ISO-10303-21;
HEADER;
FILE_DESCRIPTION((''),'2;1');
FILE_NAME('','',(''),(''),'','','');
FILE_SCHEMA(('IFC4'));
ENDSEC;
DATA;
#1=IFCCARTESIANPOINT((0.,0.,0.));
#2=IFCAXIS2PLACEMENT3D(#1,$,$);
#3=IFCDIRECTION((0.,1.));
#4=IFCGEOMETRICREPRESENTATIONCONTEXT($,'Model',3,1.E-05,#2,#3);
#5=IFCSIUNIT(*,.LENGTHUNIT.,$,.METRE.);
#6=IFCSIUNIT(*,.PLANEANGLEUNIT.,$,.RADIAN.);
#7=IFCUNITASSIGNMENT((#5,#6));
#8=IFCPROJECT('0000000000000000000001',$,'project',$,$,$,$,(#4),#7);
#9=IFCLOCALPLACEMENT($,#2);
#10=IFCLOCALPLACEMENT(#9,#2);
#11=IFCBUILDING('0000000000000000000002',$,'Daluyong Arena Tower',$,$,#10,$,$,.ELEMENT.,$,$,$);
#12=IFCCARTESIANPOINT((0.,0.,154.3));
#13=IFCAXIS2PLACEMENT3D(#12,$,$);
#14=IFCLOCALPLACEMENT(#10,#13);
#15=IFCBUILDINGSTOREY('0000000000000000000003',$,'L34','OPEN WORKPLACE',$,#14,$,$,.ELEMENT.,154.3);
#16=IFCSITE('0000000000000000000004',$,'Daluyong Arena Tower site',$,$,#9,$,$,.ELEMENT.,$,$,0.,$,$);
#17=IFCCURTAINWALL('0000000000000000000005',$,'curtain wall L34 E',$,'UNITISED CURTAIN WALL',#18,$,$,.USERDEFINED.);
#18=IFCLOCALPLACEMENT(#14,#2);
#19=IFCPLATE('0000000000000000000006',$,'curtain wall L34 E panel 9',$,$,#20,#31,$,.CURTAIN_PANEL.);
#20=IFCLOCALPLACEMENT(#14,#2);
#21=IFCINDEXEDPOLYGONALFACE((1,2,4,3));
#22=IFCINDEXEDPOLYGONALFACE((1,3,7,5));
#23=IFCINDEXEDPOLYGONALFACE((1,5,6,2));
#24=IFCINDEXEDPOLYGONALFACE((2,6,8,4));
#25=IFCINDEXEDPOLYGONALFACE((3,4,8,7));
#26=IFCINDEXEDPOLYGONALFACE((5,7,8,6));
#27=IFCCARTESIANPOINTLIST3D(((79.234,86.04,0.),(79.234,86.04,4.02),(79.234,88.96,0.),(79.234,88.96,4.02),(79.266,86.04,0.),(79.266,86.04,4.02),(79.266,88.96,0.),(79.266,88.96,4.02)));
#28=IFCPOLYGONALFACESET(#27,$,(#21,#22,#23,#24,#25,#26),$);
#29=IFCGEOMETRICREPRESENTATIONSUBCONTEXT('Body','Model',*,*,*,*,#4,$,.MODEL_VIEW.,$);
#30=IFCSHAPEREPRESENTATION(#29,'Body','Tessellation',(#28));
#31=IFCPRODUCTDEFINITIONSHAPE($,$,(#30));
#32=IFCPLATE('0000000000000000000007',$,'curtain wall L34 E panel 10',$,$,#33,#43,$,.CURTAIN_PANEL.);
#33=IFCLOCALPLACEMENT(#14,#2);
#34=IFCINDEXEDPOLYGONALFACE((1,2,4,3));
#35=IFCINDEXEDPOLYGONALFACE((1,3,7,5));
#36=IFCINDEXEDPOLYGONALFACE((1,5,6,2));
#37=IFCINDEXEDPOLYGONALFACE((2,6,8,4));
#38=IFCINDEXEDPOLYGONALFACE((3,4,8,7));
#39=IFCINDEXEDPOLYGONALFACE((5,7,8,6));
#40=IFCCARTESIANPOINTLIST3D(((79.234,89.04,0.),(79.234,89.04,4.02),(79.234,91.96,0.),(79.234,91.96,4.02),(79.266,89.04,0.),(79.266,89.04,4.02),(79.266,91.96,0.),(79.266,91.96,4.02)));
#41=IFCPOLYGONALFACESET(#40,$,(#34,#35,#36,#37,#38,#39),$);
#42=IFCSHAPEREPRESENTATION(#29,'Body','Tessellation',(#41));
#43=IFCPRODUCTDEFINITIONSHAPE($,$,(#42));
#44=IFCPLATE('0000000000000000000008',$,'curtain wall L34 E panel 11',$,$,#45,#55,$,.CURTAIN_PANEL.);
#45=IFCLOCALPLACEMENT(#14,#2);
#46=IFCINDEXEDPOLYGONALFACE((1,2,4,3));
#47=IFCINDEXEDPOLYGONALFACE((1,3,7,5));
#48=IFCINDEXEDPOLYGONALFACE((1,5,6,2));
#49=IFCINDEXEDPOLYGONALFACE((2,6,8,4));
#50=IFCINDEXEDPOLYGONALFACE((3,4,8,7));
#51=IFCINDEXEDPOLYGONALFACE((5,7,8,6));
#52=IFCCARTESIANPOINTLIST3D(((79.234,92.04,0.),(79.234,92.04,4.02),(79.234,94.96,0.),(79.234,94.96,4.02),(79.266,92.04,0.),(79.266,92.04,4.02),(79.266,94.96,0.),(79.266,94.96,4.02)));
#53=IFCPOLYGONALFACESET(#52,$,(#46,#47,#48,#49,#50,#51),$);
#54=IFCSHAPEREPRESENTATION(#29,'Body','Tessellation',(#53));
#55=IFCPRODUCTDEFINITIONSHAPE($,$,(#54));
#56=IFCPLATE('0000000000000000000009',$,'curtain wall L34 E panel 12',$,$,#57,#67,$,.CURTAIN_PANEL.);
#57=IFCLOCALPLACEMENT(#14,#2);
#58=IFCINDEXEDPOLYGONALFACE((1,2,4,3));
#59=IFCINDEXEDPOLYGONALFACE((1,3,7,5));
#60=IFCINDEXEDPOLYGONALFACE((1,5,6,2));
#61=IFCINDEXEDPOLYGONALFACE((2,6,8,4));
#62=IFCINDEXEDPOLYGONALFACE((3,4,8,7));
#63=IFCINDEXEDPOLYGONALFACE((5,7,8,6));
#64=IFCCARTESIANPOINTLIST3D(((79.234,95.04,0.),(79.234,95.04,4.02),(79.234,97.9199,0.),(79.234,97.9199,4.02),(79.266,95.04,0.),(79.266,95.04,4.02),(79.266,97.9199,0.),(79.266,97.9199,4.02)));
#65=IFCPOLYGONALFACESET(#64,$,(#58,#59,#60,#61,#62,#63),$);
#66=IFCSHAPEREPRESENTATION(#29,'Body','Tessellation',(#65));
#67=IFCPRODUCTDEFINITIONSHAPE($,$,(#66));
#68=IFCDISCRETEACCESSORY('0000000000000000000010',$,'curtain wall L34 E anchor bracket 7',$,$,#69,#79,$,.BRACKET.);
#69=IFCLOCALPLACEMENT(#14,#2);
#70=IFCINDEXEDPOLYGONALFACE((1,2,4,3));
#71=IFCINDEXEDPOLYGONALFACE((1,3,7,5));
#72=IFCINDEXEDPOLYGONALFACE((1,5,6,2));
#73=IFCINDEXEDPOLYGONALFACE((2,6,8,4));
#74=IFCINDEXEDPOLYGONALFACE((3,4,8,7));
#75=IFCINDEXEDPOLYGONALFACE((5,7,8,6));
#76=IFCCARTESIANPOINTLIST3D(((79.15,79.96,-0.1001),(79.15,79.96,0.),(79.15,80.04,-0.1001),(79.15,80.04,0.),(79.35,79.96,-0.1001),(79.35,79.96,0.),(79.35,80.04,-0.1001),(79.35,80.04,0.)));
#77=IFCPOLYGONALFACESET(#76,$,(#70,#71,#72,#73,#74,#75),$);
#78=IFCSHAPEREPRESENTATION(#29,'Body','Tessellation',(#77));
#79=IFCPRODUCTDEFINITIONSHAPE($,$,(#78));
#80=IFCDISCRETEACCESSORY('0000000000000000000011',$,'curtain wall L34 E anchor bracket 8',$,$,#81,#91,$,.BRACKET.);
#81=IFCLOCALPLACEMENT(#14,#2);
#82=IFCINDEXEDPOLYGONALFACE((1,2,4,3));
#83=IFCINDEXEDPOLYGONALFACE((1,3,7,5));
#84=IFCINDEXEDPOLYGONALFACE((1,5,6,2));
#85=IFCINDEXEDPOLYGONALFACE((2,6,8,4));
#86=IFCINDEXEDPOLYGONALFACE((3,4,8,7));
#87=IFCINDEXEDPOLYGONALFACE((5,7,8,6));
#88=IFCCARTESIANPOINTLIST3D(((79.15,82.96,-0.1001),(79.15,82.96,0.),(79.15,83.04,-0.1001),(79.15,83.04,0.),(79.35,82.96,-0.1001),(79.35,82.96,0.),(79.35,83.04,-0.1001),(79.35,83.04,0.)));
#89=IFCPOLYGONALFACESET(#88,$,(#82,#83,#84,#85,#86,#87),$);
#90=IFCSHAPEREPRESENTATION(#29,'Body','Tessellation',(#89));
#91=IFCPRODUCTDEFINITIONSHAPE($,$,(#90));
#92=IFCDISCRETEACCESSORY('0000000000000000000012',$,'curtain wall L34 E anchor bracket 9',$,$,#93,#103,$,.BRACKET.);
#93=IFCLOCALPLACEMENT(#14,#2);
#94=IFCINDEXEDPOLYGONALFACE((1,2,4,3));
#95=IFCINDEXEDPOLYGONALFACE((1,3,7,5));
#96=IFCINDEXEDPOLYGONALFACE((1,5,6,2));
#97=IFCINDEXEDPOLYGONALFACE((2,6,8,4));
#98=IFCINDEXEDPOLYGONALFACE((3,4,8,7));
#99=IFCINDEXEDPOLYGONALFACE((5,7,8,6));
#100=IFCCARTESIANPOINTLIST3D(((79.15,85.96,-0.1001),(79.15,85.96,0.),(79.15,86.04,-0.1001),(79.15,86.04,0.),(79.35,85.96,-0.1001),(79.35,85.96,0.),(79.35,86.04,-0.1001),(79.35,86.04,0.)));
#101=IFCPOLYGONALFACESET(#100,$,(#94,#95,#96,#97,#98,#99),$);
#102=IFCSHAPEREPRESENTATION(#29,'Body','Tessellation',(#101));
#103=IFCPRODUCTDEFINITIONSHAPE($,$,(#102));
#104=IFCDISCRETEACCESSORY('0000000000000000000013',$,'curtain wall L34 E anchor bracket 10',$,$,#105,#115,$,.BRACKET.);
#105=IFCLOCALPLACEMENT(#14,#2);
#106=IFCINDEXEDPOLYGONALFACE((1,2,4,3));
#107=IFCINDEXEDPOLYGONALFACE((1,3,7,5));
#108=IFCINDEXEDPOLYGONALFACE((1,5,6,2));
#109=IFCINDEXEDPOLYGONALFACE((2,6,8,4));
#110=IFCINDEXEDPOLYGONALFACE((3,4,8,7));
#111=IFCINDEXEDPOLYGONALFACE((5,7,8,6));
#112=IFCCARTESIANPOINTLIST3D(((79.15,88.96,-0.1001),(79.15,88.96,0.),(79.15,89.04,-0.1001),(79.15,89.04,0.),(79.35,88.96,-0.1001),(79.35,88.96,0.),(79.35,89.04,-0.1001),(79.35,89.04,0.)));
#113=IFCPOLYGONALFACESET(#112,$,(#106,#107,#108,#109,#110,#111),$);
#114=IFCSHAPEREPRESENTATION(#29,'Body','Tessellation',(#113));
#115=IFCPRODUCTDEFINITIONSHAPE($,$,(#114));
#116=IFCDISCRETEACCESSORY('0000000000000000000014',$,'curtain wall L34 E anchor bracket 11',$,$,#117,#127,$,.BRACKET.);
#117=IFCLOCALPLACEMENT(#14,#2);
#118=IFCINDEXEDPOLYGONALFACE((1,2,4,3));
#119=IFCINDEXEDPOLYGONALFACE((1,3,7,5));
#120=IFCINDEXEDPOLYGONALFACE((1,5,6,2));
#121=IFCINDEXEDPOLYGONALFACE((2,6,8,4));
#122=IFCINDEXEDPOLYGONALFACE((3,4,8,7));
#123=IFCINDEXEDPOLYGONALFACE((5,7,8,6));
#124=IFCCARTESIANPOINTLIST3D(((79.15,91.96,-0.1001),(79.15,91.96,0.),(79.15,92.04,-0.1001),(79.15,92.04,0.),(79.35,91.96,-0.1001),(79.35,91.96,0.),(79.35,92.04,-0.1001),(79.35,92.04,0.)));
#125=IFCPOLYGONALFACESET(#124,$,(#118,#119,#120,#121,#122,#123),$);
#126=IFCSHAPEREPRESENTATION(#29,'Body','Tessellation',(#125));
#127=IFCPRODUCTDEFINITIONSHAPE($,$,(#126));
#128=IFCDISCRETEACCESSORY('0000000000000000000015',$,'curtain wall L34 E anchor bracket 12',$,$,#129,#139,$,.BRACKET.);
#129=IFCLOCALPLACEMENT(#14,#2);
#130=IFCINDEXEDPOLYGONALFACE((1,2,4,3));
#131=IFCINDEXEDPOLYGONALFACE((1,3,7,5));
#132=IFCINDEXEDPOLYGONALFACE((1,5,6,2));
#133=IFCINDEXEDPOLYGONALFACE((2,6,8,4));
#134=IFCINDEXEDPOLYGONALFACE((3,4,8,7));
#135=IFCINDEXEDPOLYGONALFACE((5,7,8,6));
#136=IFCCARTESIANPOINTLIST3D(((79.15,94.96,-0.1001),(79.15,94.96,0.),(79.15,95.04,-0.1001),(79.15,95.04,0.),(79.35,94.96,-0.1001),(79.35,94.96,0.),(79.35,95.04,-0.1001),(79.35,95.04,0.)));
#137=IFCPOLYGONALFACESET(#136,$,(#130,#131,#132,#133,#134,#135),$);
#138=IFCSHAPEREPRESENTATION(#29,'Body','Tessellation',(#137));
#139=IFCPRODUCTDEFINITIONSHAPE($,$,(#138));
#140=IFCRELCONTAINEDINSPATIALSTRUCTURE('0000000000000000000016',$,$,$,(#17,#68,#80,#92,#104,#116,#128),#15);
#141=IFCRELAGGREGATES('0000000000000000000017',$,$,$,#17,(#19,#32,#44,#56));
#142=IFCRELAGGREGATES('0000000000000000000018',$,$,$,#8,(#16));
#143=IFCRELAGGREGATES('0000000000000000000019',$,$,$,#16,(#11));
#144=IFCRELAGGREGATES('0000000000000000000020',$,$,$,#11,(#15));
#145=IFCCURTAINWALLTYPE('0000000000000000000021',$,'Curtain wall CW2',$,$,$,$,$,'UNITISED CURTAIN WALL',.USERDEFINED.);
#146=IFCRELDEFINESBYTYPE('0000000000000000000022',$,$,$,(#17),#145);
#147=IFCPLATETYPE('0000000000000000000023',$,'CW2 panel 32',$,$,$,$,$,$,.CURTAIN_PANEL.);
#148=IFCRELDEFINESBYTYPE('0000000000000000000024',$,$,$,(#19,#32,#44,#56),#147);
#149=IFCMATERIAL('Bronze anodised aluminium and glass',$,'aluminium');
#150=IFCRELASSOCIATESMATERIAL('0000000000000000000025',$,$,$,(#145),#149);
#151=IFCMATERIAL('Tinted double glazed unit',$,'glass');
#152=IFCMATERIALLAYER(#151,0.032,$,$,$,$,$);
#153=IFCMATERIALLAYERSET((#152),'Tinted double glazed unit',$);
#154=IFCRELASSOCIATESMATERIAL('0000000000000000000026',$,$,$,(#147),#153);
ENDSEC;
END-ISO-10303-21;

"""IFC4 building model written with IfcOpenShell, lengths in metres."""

from ifc_helpers import new_model, si_unit, direction, frame, origin, origin_2d, place, context, subcontext, project, spatial, rectangle, extrude, material, layer, layer_set, type_object, element, aggregate, save


model = new_model("IFC4")

# Units and contexts
model_context = context("Model", 3, precision=1e-05, world=origin(), true_north=direction((0.0, 1.0)))
body_context = subcontext(model_context, "Body", "Model", "MODEL_VIEW")
ifc_project = project(units=[si_unit("LENGTHUNIT", "METRE"), si_unit("PLANEANGLEUNIT", "RADIAN")], contexts=[model_context])

# Site, building, storey
site_placement = place(None, origin())
site = spatial("IfcSite", under=ifc_project, at=site_placement, Name="Daluyong Arena Tower site", CompositionType="ELEMENT", RefElevation=0.0)
building_placement = place(site_placement, origin())
building = spatial("IfcBuilding", under=site, at=building_placement, Name="Daluyong Arena Tower", CompositionType="ELEMENT")
storey_placement = place(building_placement, frame((0.0, 0.0, 154.3)))
storey = spatial("IfcBuildingStorey", under=building, at=storey_placement, Name="L34", Description="OPEN WORKPLACE", CompositionType="ELEMENT", Elevation=154.3)

# Curtain wall
ifc_material_1 = material(Name="Bronze anodised aluminium and glass", Category="aluminium")
curtain_wall_type = type_object("IfcCurtainWallType", Name="Curtain wall CW2", ElementType="UNITISED CURTAIN WALL", PredefinedType="USERDEFINED", material=ifc_material_1)
curtain_wall_placement = place(storey_placement, origin())
curtain_wall = element("IfcCurtainWall", 1, at=curtain_wall_placement, inside=storey, type_object=curtain_wall_type, Name="curtain wall L34 E", ObjectType="UNITISED CURTAIN WALL", PredefinedType="USERDEFINED")

# Plates
ifc_material_2 = material(Name="Tinted double glazed unit", Category="glass")
ifc_layer = layer(ifc_material_2, 0.032)
ifc_layer_set = layer_set([ifc_layer], Name="Tinted double glazed unit")
plate_type = type_object("IfcPlateType", Name="CW2 panel 32", PredefinedType="CURTAIN_PANEL", material=ifc_layer_set)
plate_1_placement = place(storey_placement, frame((79.25, 87.5, 0.0), z_axis=(0.0, 0.0, 1.0), x_axis=(0.0, 1.0, 0.0)))
plate_1 = element("IfcPlate", 2, at=plate_1_placement, type_object=plate_type, Name="curtain wall L34 E panel 9", PredefinedType="CURTAIN_PANEL", context=body_context, shape_type="SweptSolid", body=[
    extrude(rectangle(XDim=2.9199, YDim=0.032, at=origin_2d()), origin(), (0.0, 0.0, 1.0), 4.02),
])
plate_2_placement = place(storey_placement, frame((79.25, 90.5, 0.0), z_axis=(0.0, 0.0, 1.0), x_axis=(0.0, 1.0, 0.0)))
plate_2 = element("IfcPlate", 3, at=plate_2_placement, type_object=plate_type, Name="curtain wall L34 E panel 10", PredefinedType="CURTAIN_PANEL", context=body_context, shape_type="SweptSolid", body=[
    extrude(rectangle(XDim=2.9199, YDim=0.032, at=origin_2d()), origin(), (0.0, 0.0, 1.0), 4.02),
])
plate_3_placement = place(storey_placement, frame((79.25, 93.5, 0.0), z_axis=(0.0, 0.0, 1.0), x_axis=(0.0, 1.0, 0.0)))
plate_3 = element("IfcPlate", 4, at=plate_3_placement, type_object=plate_type, Name="curtain wall L34 E panel 11", PredefinedType="CURTAIN_PANEL", context=body_context, shape_type="SweptSolid", body=[
    extrude(rectangle(XDim=2.9199, YDim=0.032, at=origin_2d()), origin(), (0.0, 0.0, 1.0), 4.02),
])
plate_4_placement = place(storey_placement, frame((79.25, 96.48, 0.0), z_axis=(0.0, 0.0, 1.0), x_axis=(0.0, 1.0, 0.0)))
plate_4 = element("IfcPlate", 5, at=plate_4_placement, type_object=plate_type, Name="curtain wall L34 E panel 12", PredefinedType="CURTAIN_PANEL", context=body_context, shape_type="SweptSolid", body=[
    extrude(rectangle(XDim=2.8799, YDim=0.032, at=origin_2d()), origin(), (0.0, 0.0, 1.0), 4.02),
])
aggregate(curtain_wall, [plate_1, plate_2, plate_3, plate_4])

# Discrete accessories
for number, where, z_axis, x_axis, name in (
    (6, (79.25, 80.0, -0.1001), (0.0, 0.0, 1.0), (0.0, 1.0, 0.0), "curtain wall L34 E anchor bracket 7"),
    (7, (79.25, 83.0, -0.1001), (0.0, 0.0, 1.0), (0.0, 1.0, 0.0), "curtain wall L34 E anchor bracket 8"),
    (8, (79.25, 86.0, -0.1001), (0.0, 0.0, 1.0), (0.0, 1.0, 0.0), "curtain wall L34 E anchor bracket 9"),
    (9, (79.25, 89.0, -0.1001), (0.0, 0.0, 1.0), (0.0, 1.0, 0.0), "curtain wall L34 E anchor bracket 10"),
    (10, (79.25, 92.0, -0.1001), (0.0, 0.0, 1.0), (0.0, 1.0, 0.0), "curtain wall L34 E anchor bracket 11"),
    (11, (79.25, 95.0, -0.1001), (0.0, 0.0, 1.0), (0.0, 1.0, 0.0), "curtain wall L34 E anchor bracket 12"),
):
    element("IfcDiscreteAccessory", number, at=place(storey_placement, frame(where, z_axis=z_axis, x_axis=x_axis)), inside=storey, Name=name, PredefinedType="BRACKET", context=body_context, shape_type="SweptSolid", body=[
        extrude(rectangle(XDim=0.0801, YDim=0.2, at=origin_2d()), origin(), (0.0, 0.0, 1.0), 0.1001),
    ])

save(model, "model.ifc")
